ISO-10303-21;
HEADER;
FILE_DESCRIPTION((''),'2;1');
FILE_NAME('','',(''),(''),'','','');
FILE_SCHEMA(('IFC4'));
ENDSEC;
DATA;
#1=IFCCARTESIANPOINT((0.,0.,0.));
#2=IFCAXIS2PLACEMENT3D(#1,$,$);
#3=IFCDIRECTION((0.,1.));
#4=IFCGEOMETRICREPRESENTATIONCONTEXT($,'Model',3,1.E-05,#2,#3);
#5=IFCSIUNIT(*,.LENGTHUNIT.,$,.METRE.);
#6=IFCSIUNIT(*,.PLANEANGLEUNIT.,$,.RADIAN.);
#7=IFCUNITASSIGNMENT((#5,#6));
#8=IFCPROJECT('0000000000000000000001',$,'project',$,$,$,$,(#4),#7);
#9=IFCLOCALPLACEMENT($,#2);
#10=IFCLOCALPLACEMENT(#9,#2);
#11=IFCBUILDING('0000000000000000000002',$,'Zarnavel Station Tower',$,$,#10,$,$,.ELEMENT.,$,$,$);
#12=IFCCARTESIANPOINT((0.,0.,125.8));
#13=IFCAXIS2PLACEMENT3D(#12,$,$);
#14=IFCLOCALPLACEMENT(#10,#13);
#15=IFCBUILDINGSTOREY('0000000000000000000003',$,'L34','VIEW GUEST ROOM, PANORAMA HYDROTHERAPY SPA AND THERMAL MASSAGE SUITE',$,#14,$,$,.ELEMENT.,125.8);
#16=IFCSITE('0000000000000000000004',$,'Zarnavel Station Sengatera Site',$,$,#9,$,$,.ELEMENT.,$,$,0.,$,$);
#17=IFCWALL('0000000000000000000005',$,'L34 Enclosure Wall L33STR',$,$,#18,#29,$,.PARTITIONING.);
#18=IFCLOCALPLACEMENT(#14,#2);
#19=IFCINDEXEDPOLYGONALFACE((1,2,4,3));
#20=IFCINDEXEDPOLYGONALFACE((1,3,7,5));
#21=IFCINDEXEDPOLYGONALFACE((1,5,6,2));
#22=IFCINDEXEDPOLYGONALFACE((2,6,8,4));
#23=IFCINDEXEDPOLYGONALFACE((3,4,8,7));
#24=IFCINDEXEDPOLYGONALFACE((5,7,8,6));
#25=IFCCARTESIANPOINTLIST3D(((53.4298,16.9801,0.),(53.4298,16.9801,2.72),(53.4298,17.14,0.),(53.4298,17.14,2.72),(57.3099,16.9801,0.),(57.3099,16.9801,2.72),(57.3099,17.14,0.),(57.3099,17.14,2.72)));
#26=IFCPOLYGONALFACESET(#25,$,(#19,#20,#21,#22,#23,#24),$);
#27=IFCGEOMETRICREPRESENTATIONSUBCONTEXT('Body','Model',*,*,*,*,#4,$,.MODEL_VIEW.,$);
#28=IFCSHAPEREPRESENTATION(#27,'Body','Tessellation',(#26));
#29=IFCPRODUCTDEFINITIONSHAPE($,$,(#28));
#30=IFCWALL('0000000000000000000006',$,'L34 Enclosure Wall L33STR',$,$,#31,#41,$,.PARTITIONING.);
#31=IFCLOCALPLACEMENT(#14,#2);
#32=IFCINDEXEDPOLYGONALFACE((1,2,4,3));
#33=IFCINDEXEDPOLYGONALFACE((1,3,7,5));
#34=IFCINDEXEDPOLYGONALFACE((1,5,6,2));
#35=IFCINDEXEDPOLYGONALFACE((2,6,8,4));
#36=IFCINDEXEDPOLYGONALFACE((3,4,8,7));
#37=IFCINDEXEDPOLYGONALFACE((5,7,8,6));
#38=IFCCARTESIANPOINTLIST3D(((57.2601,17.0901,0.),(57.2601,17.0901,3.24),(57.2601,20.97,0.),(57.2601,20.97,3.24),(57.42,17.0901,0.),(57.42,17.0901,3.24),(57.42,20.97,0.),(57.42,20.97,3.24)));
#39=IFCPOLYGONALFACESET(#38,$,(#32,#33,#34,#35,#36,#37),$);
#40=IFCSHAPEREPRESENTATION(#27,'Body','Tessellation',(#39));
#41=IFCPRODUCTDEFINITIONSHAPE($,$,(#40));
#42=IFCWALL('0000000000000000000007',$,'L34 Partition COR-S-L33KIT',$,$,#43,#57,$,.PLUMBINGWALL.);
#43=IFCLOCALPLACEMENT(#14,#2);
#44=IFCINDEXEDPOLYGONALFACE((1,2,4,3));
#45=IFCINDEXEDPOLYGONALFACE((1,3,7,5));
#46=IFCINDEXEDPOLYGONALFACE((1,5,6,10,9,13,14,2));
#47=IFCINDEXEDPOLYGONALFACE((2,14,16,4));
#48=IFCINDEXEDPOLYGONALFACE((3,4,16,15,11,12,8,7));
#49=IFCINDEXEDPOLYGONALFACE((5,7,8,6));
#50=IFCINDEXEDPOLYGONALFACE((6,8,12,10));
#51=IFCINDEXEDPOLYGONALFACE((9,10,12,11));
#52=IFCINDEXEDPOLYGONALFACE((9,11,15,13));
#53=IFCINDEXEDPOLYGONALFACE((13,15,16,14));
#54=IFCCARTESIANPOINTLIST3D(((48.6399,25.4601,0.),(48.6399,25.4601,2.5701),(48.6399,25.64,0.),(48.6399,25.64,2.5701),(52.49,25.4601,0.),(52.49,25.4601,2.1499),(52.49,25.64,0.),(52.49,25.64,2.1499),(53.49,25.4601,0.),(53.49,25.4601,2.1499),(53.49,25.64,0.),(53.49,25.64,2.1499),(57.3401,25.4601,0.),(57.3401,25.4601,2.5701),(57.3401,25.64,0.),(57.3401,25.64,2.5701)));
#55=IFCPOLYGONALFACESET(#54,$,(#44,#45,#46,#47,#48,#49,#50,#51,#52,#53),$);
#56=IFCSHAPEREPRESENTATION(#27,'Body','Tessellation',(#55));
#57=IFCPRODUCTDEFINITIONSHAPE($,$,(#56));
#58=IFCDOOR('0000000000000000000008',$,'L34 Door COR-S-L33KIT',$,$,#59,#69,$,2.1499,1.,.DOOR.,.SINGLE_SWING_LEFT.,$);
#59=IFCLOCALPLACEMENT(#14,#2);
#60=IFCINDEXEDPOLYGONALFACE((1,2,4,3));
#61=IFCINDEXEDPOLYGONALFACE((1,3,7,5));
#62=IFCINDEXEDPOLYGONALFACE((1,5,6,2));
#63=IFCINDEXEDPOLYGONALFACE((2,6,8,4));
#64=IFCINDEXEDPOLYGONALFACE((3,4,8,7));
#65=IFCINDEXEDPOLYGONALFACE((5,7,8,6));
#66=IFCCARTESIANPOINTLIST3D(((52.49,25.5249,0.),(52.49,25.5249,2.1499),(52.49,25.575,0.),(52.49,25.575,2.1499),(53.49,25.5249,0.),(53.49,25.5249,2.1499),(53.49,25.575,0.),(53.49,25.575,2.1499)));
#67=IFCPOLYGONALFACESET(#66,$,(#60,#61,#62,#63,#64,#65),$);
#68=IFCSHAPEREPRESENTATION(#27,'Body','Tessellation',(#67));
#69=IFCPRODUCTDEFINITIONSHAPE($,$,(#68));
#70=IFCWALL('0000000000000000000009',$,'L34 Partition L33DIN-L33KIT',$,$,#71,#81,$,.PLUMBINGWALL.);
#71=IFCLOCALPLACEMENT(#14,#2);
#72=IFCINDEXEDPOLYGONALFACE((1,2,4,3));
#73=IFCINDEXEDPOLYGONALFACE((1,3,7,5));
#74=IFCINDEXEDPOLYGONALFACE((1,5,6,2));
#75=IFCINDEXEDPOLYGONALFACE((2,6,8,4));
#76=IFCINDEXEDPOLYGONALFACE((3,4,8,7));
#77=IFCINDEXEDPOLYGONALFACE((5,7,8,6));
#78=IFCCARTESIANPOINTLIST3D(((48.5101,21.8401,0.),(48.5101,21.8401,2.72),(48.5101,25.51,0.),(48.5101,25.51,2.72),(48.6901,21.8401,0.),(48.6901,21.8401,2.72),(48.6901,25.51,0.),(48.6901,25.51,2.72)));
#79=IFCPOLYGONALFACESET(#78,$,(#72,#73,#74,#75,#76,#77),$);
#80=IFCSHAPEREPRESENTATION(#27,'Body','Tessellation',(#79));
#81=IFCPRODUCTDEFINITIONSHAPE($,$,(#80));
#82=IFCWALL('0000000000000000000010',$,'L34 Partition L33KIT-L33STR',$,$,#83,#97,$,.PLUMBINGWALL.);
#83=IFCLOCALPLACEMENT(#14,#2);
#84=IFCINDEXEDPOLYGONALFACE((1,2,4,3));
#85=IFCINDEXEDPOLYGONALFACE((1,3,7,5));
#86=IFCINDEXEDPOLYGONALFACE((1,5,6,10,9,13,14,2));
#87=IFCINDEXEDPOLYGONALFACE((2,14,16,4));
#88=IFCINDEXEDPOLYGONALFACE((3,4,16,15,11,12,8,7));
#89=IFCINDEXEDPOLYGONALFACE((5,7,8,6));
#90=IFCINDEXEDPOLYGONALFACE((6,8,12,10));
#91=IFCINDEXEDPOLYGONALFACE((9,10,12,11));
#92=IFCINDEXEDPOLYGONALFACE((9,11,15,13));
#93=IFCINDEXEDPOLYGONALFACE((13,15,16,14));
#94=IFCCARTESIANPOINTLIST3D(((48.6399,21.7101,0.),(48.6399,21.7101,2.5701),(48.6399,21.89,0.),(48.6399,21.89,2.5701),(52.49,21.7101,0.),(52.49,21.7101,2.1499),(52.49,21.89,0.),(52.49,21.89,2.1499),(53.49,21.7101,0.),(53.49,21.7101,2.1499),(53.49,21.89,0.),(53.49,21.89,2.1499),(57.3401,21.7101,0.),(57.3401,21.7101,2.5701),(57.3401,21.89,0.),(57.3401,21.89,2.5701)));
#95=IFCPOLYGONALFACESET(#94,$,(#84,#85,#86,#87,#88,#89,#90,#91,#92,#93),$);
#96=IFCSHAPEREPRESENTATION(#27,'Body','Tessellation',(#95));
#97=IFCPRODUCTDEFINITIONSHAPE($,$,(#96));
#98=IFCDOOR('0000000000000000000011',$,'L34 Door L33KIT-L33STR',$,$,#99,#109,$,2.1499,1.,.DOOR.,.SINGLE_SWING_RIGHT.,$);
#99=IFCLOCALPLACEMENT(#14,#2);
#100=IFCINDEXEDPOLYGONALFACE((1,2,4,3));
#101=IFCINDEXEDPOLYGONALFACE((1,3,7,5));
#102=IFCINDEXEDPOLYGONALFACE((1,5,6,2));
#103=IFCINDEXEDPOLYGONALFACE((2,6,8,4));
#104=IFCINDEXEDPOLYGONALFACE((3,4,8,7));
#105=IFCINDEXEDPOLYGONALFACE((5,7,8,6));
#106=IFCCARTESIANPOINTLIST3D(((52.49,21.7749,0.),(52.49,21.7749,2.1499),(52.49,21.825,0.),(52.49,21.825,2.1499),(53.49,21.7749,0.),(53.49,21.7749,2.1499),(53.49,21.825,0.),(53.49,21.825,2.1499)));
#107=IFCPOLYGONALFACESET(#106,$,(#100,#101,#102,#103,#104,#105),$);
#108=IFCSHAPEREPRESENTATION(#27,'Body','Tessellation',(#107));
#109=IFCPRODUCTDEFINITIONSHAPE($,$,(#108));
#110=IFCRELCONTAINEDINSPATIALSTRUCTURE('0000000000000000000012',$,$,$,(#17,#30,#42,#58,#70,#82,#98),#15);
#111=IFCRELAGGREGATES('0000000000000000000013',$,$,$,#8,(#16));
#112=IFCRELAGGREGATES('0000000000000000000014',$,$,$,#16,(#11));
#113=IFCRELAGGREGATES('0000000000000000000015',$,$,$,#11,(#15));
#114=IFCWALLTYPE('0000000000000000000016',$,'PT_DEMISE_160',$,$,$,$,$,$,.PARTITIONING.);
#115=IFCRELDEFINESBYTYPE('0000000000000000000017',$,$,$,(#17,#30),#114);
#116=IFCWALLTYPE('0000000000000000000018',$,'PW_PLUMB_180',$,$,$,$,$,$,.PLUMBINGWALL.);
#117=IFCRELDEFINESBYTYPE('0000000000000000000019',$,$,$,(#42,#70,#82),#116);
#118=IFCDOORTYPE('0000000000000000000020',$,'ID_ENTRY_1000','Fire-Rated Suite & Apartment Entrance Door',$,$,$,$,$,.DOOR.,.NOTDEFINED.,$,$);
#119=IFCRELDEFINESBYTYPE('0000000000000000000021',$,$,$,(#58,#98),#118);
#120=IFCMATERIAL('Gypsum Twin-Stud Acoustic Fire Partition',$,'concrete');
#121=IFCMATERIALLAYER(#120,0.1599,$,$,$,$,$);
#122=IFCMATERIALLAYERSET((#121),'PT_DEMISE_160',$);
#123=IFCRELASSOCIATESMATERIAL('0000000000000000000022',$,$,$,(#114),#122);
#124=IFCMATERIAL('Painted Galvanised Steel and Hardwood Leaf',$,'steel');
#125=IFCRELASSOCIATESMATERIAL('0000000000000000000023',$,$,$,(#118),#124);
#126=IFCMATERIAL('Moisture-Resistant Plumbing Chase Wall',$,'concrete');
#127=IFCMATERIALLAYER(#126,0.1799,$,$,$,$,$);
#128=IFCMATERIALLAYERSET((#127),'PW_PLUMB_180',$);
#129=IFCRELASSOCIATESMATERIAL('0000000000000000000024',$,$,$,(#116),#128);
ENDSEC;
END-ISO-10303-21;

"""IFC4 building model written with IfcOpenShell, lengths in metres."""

from ifc_helpers import new_model, si_unit, direction, frame, frame_2d, origin, place, context, subcontext, project, spatial, rectangle, extrude, material, layer, layer_set, type_object, element, fill, save


model = new_model("IFC4")

# Units and contexts
model_context = context("Model", 3, precision=1e-05, world=origin(), true_north=direction((0.0, 1.0)))
body_context = subcontext(model_context, "Body", "Model", "MODEL_VIEW")
ifc_project = project(units=[si_unit("LENGTHUNIT", "METRE"), si_unit("PLANEANGLEUNIT", "RADIAN")], contexts=[model_context])

# Site, building, storey
site_placement = place(None, origin())
site = spatial("IfcSite", under=ifc_project, at=site_placement, Name="Zarnavel Station Sengatera Site", CompositionType="ELEMENT", RefElevation=0.0)
building_placement = place(site_placement, origin())
building = spatial("IfcBuilding", under=site, at=building_placement, Name="Zarnavel Station Tower", CompositionType="ELEMENT")
storey_placement = place(building_placement, frame((0.0, 0.0, 125.8)))
storey = spatial("IfcBuildingStorey", under=building, at=storey_placement, Name="L34", Description="VIEW GUEST ROOM, PANORAMA HYDROTHERAPY SPA AND THERMAL MASSAGE SUITE", CompositionType="ELEMENT", Elevation=125.8)

# Shared definitions
ifc_material_1 = material(Name="Gypsum Twin-Stud Acoustic Fire Partition", Category="concrete")
ifc_layer_1 = layer(ifc_material_1, 0.1599)
ifc_layer_set_1 = layer_set([ifc_layer_1], Name="PT_DEMISE_160")
wall_type_1 = type_object("IfcWallType", Name="PT_DEMISE_160", PredefinedType="PARTITIONING", material=ifc_layer_set_1)
ifc_material_2 = material(Name="Painted Galvanised Steel and Hardwood Leaf", Category="steel")
door_type = type_object("IfcDoorType", Name="ID_ENTRY_1000", Description="Fire-Rated Suite & Apartment Entrance Door", OperationType="NOTDEFINED", PredefinedType="DOOR", material=ifc_material_2)

# Walls
wall_1_placement = place(storey_placement, frame((53.4299, 17.0601, 0.0), z_axis=(0.0, 0.0, 1.0), x_axis=(1.0, 0.0, 0.0)))
element("IfcWall", 1, at=wall_1_placement, inside=storey, type_object=wall_type_1, Name="L34 Enclosure Wall L33STR", PredefinedType="PARTITIONING", context=body_context, shape_type="SweptSolid", body=[
    extrude(rectangle(XDim=3.8801, YDim=0.1599, at=frame_2d((1.9399, 0.0))), origin(), (0.0, 0.0, 1.0), 2.72),
])
wall_2_placement = place(storey_placement, frame((57.3401, 17.0901, 0.0), z_axis=(0.0, 0.0, 1.0), x_axis=(0.0, 1.0, 0.0)))
element("IfcWall", 2, at=wall_2_placement, inside=storey, type_object=wall_type_1, Name="L34 Enclosure Wall L33STR", PredefinedType="PARTITIONING", context=body_context, shape_type="SweptSolid", body=[
    extrude(rectangle(XDim=3.8799, YDim=0.1599, at=frame_2d((1.9399, 0.0))), origin(), (0.0, 0.0, 1.0), 3.24),
])

# Wall, opening, door
ifc_material_3 = material(Name="Moisture-Resistant Plumbing Chase Wall", Category="concrete")
ifc_layer_2 = layer(ifc_material_3, 0.1799)
ifc_layer_set_2 = layer_set([ifc_layer_2], Name="PW_PLUMB_180")
wall_type_2 = type_object("IfcWallType", Name="PW_PLUMB_180", PredefinedType="PLUMBINGWALL", material=ifc_layer_set_2)
wall_3_placement = place(storey_placement, frame((48.6399, 25.55, 0.0), z_axis=(0.0, 0.0, 1.0), x_axis=(1.0, 0.0, 0.0)))
wall_3 = element("IfcWall", 3, at=wall_3_placement, inside=storey, type_object=wall_type_2, Name="L34 Partition COR-S-L33KIT", PredefinedType="PLUMBINGWALL", context=body_context, shape_type="SweptSolid", body=[
    extrude(rectangle(XDim=8.7002, YDim=0.1799, at=frame_2d((4.3501, 0.0))), origin(), (0.0, 0.0, 1.0), 2.5701),
])
opening_1_placement = place(wall_3_placement, frame((3.8501, 0.0, 0.0)))
opening_1 = element("IfcOpeningElement", 4, at=opening_1_placement, cuts=wall_3, PredefinedType="OPENING", context=body_context, shape_type="SweptSolid", body=[
    extrude(rectangle(XDim=1.0, YDim=2.1499, at=frame_2d((0.5, 1.075))), frame((0.0, 0.0999, 0.0), z_axis=(0.0, -1.0, 0.0), x_axis=(1.0, 0.0, 0.0)), (0.0, 0.0, 1.0), 0.2),
])
door_1_placement = place(opening_1_placement, origin())
door_1 = element("IfcDoor", 5, at=door_1_placement, inside=storey, type_object=door_type, Name="L34 Door COR-S-L33KIT", OperationType="SINGLE_SWING_LEFT", OverallHeight=2.1499, OverallWidth=1.0, PredefinedType="DOOR", context=body_context, shape_type="SweptSolid", body=[
    extrude(rectangle(XDim=1.0, YDim=2.1499, at=frame_2d((0.5, 1.075))), frame((0.0, 0.0249, 0.0), z_axis=(0.0, -1.0, 0.0), x_axis=(1.0, 0.0, 0.0)), (0.0, 0.0, 1.0), 0.05),
])
fill(opening_1, door_1)

# Wall
wall_4_placement = place(storey_placement, frame((48.6001, 21.8401, 0.0), z_axis=(0.0, 0.0, 1.0), x_axis=(0.0, 1.0, 0.0)))
element("IfcWall", 6, at=wall_4_placement, inside=storey, type_object=wall_type_2, Name="L34 Partition L33DIN-L33KIT", PredefinedType="PLUMBINGWALL", context=body_context, shape_type="SweptSolid", body=[
    extrude(rectangle(XDim=3.6699, YDim=0.1799, at=frame_2d((1.835, 0.0))), origin(), (0.0, 0.0, 1.0), 2.72),
])

# Wall, opening, door
wall_5_placement = place(storey_placement, frame((48.6399, 21.8, 0.0), z_axis=(0.0, 0.0, 1.0), x_axis=(1.0, 0.0, 0.0)))
wall_5 = element("IfcWall", 7, at=wall_5_placement, inside=storey, type_object=wall_type_2, Name="L34 Partition L33KIT-L33STR", PredefinedType="PLUMBINGWALL", context=body_context, shape_type="SweptSolid", body=[
    extrude(rectangle(XDim=8.7002, YDim=0.1799, at=frame_2d((4.3501, 0.0))), origin(), (0.0, 0.0, 1.0), 2.5701),
])
opening_2_placement = place(wall_5_placement, frame((3.8501, 0.0, 0.0)))
opening_2 = element("IfcOpeningElement", 8, at=opening_2_placement, cuts=wall_5, PredefinedType="OPENING", context=body_context, shape_type="SweptSolid", body=[
    extrude(rectangle(XDim=1.0, YDim=2.1499, at=frame_2d((0.5, 1.075))), frame((0.0, 0.0999, 0.0), z_axis=(0.0, -1.0, 0.0), x_axis=(1.0, 0.0, 0.0)), (0.0, 0.0, 1.0), 0.2),
])
door_2_placement = place(opening_2_placement, origin())
door_2 = element("IfcDoor", 9, at=door_2_placement, inside=storey, type_object=door_type, Name="L34 Door L33KIT-L33STR", OperationType="SINGLE_SWING_RIGHT", OverallHeight=2.1499, OverallWidth=1.0, PredefinedType="DOOR", context=body_context, shape_type="SweptSolid", body=[
    extrude(rectangle(XDim=1.0, YDim=2.1499, at=frame_2d((0.5, 1.075))), frame((0.0, 0.0249, 0.0), z_axis=(0.0, -1.0, 0.0), x_axis=(1.0, 0.0, 0.0)), (0.0, 0.0, 1.0), 0.05),
])
fill(opening_2, door_2)

save(model, "model.ifc")
